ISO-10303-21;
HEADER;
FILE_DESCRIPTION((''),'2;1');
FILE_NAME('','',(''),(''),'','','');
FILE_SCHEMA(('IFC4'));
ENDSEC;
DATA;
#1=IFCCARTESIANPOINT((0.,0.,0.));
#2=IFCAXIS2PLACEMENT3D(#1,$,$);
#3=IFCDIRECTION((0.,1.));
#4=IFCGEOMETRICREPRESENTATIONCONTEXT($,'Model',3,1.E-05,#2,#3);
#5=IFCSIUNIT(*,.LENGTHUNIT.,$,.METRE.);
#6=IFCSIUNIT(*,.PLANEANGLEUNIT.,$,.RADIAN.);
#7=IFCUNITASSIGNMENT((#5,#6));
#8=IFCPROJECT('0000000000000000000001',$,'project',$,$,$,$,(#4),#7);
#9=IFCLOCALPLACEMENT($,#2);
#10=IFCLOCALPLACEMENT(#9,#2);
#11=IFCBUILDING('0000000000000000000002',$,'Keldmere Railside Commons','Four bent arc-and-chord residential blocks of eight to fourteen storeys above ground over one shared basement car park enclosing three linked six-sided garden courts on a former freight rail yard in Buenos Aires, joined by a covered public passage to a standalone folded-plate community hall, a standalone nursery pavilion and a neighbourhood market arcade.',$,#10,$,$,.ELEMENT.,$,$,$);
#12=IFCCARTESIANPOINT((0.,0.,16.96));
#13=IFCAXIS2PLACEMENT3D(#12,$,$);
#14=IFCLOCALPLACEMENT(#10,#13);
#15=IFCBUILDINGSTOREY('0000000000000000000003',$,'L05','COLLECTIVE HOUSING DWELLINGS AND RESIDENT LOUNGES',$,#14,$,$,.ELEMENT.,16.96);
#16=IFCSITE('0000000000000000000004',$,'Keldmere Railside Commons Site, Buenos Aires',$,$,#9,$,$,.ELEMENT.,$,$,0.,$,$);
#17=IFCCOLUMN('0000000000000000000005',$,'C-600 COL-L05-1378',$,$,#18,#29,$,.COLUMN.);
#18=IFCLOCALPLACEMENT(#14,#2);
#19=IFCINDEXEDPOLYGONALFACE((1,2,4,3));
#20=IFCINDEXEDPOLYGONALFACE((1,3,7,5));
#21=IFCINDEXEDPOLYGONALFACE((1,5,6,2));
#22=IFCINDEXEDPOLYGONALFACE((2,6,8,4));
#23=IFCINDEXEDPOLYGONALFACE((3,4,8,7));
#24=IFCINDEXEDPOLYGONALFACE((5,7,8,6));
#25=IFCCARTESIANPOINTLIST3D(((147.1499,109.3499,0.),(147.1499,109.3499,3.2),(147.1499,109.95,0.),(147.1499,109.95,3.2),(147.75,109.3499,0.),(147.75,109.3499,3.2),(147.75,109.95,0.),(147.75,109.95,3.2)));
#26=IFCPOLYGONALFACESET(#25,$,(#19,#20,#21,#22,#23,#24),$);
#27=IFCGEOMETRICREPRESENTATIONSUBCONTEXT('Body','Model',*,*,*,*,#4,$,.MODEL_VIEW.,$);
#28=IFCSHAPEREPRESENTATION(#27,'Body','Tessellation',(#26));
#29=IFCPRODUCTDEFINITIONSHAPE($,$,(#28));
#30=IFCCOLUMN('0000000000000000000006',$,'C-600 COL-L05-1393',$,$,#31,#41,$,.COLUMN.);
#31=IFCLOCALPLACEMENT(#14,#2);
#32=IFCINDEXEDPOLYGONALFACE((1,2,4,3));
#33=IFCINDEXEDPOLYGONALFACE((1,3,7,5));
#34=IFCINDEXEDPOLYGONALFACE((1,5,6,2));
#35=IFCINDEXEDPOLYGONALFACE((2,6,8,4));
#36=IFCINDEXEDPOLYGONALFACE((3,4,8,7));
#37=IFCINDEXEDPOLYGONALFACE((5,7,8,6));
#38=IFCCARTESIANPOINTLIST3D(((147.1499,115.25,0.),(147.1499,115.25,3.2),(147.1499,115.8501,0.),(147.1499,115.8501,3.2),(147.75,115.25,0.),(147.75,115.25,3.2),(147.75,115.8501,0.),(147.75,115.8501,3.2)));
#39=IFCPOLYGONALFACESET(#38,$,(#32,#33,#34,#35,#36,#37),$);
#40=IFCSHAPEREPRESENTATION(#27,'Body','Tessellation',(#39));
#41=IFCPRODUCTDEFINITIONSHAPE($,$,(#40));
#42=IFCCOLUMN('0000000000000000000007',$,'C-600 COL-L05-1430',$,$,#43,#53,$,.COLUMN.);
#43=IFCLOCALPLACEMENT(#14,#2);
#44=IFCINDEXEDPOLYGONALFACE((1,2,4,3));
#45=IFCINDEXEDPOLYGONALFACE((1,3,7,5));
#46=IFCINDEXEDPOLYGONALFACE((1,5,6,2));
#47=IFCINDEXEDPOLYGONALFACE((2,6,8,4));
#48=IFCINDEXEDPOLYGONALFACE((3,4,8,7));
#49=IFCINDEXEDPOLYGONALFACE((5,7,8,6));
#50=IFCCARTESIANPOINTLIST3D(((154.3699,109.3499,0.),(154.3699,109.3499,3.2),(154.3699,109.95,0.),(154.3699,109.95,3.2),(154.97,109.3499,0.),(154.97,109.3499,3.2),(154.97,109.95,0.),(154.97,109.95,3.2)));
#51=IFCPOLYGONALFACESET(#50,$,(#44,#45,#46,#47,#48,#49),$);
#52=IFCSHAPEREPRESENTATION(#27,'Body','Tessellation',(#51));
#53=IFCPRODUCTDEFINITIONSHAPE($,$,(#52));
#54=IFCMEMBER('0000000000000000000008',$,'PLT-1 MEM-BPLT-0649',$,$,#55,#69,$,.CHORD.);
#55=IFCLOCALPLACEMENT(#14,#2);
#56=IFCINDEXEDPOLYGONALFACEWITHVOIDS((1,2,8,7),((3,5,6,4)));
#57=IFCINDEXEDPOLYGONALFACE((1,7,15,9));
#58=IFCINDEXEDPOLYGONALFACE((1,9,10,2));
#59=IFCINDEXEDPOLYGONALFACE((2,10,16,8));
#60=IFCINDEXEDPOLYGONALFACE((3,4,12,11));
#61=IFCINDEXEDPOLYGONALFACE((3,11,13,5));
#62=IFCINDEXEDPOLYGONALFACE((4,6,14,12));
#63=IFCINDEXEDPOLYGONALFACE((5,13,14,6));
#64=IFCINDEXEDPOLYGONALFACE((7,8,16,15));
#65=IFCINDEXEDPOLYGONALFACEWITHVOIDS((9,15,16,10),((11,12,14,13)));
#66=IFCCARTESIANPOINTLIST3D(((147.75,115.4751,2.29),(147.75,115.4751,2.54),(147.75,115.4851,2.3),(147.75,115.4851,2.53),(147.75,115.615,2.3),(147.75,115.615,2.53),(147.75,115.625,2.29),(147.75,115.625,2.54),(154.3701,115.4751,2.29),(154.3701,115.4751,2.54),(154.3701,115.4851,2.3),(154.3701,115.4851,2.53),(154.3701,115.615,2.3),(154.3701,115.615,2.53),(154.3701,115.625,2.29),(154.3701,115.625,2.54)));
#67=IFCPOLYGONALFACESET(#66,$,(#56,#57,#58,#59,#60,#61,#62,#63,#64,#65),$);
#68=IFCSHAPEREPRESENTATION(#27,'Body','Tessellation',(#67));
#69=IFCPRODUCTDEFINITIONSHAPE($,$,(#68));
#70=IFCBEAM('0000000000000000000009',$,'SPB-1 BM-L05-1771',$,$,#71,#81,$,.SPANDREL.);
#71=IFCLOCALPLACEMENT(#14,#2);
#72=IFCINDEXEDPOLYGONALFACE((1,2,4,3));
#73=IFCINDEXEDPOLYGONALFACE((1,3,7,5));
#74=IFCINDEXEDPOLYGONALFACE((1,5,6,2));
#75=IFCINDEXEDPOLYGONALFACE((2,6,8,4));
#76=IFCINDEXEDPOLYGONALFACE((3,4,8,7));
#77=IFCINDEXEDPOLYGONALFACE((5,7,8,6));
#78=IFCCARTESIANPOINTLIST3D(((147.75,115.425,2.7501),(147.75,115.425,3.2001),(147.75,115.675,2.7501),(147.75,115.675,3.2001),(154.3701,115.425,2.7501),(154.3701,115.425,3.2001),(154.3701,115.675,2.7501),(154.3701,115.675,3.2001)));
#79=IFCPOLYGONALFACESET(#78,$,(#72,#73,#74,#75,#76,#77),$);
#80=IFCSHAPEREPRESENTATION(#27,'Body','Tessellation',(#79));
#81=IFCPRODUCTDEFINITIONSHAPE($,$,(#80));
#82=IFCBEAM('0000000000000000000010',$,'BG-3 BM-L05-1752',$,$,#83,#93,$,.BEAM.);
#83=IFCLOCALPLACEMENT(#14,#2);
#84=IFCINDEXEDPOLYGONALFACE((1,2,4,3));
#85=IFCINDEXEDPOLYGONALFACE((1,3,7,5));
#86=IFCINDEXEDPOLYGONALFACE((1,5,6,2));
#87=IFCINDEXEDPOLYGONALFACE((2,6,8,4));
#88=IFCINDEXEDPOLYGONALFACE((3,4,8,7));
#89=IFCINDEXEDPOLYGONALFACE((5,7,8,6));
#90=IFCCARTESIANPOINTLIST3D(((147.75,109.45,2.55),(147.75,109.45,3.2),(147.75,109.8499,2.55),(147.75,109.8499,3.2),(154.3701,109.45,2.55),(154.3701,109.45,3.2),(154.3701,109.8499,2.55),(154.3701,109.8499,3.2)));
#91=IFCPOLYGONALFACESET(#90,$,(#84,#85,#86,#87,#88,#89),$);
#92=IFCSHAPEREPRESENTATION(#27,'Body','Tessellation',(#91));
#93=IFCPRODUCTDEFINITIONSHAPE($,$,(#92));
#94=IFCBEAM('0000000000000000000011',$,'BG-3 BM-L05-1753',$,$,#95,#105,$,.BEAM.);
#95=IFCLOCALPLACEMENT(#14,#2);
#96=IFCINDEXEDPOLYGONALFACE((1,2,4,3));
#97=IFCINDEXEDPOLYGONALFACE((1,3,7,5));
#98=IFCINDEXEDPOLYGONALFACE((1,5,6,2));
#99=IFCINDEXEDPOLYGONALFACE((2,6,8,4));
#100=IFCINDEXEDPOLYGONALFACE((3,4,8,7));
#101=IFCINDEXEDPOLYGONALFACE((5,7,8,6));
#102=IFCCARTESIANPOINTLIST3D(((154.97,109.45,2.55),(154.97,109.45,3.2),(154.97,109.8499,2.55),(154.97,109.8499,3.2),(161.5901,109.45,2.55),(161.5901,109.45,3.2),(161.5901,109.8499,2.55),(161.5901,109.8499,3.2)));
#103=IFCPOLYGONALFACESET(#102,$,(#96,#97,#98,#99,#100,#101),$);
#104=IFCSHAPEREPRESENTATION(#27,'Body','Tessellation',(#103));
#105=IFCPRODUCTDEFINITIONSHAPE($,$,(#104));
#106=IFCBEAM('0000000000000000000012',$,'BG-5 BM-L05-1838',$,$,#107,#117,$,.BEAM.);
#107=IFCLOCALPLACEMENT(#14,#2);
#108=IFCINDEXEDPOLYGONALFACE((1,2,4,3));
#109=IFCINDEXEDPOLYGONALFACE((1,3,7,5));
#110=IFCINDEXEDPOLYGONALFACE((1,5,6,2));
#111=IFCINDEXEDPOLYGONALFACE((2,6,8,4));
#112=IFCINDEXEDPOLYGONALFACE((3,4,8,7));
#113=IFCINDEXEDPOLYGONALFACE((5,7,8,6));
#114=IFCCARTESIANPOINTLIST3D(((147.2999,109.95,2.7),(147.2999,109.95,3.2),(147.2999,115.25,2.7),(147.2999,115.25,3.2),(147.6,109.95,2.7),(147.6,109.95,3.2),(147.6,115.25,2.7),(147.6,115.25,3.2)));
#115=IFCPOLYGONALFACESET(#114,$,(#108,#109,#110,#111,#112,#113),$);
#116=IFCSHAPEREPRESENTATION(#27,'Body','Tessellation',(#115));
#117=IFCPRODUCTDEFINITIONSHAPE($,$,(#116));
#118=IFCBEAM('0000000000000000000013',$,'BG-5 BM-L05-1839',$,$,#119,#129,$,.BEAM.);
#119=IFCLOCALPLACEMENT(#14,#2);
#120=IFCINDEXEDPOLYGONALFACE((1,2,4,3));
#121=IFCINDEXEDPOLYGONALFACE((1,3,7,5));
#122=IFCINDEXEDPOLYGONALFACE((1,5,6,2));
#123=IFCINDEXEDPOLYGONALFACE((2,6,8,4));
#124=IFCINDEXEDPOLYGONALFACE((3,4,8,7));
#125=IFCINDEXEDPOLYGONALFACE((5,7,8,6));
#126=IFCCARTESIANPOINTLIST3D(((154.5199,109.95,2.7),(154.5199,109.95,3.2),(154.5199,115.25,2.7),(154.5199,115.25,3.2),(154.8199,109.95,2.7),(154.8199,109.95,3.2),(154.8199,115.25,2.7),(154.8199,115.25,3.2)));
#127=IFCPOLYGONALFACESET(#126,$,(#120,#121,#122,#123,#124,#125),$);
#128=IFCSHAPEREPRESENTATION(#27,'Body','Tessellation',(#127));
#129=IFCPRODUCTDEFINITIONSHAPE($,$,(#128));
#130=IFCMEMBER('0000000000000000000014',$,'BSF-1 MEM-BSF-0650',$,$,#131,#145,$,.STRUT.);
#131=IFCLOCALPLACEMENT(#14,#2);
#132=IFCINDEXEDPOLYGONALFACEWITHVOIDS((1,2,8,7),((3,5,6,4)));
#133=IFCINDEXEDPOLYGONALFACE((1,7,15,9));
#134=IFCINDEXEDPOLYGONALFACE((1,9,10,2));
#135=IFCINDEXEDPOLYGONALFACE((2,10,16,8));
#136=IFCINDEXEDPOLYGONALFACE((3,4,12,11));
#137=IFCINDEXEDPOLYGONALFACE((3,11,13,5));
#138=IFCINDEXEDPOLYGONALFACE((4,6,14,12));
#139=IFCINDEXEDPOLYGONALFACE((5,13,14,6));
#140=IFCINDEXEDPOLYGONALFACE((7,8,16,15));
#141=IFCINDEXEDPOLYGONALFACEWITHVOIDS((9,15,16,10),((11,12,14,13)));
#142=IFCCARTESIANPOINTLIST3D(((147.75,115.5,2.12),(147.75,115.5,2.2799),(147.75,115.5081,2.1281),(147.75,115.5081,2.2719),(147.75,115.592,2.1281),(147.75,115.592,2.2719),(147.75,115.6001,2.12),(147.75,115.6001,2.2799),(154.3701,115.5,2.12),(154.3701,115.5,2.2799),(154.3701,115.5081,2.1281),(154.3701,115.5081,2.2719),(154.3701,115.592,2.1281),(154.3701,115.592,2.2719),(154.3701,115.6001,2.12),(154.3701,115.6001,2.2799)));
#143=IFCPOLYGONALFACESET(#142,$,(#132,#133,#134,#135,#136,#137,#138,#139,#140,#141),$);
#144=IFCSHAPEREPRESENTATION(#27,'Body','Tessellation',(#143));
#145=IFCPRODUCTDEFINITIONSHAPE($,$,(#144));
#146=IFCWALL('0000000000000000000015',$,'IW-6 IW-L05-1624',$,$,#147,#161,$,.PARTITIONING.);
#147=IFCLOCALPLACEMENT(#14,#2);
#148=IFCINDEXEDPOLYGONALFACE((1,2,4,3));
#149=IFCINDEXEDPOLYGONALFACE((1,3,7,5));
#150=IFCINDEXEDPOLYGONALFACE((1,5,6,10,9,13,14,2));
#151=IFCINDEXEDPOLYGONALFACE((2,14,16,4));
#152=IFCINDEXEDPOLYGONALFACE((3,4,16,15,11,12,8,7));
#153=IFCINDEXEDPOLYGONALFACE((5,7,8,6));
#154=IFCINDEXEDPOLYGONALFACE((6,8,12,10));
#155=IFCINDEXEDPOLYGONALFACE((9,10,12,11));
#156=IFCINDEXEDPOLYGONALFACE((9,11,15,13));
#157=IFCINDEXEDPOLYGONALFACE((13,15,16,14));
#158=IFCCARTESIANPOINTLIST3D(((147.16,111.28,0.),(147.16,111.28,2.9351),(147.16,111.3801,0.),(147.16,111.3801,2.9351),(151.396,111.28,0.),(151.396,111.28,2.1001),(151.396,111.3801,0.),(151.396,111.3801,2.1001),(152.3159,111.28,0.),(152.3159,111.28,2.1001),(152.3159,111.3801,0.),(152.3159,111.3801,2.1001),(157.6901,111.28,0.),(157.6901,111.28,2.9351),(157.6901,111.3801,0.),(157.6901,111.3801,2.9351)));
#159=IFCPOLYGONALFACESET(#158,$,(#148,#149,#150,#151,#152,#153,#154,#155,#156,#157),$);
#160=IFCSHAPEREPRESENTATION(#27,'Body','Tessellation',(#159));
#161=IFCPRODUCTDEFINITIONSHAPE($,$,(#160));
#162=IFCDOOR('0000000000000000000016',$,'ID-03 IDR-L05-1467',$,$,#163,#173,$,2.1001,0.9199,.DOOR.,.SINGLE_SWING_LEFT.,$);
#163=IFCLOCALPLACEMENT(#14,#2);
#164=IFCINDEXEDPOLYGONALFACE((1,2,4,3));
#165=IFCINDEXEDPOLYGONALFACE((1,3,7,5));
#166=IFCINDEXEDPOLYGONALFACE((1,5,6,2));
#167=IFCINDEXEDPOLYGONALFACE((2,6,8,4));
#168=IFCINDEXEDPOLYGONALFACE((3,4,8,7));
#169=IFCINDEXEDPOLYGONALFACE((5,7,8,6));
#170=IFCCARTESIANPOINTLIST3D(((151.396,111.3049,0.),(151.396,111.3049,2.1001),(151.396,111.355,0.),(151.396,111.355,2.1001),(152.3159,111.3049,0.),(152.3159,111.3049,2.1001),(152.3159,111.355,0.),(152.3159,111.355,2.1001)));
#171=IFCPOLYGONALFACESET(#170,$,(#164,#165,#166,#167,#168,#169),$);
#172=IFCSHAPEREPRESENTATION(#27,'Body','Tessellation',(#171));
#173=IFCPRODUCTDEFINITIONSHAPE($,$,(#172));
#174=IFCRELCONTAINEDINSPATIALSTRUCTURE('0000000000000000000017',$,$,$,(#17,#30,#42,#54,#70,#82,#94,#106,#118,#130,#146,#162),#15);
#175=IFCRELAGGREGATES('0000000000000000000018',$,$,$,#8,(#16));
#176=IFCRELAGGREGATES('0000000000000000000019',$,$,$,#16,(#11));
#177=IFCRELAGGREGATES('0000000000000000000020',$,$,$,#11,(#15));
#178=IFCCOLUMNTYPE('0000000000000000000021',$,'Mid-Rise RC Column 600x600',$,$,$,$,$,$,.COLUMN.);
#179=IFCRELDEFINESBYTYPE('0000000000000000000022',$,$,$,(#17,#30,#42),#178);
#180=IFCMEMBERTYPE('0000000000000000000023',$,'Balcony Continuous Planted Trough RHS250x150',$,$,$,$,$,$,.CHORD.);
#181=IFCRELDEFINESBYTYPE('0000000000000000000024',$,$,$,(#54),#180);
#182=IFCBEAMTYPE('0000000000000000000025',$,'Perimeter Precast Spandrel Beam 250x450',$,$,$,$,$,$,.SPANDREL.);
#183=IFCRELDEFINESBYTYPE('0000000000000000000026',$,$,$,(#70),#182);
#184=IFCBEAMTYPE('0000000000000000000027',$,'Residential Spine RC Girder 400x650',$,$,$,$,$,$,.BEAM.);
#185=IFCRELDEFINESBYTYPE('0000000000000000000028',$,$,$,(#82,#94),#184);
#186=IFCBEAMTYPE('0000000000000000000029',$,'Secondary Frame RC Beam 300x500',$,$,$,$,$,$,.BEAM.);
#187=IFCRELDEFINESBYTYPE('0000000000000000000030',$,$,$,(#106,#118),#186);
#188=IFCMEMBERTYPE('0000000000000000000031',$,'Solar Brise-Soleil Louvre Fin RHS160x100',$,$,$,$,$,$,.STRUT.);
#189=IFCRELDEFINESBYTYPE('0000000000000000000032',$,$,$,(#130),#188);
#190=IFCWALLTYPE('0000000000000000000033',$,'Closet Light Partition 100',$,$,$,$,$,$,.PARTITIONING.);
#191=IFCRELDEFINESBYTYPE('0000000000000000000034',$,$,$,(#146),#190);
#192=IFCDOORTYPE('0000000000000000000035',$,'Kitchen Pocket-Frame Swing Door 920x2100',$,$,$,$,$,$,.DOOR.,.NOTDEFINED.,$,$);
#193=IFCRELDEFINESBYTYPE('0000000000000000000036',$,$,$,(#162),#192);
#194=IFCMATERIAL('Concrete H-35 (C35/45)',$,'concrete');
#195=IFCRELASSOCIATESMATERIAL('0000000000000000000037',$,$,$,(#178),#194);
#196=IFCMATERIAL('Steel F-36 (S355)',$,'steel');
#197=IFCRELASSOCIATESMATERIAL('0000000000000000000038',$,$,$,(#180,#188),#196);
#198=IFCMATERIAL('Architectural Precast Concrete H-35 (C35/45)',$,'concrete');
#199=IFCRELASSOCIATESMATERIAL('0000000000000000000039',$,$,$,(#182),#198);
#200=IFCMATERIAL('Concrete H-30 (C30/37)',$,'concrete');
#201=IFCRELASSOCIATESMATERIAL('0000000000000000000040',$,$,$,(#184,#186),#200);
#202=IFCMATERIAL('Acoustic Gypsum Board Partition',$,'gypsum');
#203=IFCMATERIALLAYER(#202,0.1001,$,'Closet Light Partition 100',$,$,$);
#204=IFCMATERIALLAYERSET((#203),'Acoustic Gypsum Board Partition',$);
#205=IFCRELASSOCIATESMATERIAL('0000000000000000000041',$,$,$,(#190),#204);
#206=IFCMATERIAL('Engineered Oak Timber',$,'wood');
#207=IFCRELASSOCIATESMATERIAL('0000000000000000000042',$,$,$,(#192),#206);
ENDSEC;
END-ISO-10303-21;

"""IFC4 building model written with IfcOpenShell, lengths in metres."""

from ifc_helpers import new_model, si_unit, direction, frame, frame_2d, origin, origin_2d, place, context, subcontext, project, spatial, rectangle, hollow_rectangle, extrude, material, layer, layer_set, material_profile, profile_set, type_object, element, fill, save


model = new_model("IFC4")

# Units and contexts
model_context = context("Model", 3, precision=1e-05, world=origin(), true_north=direction((0.0, 1.0)))
body_context = subcontext(model_context, "Body", "Model", "MODEL_VIEW")
ifc_project = project(units=[si_unit("LENGTHUNIT", "METRE"), si_unit("PLANEANGLEUNIT", "RADIAN")], contexts=[model_context])

# Site, building, storey
site_placement = place(None, origin())
site = spatial("IfcSite", under=ifc_project, at=site_placement, Name="Keldmere Railside Commons Site, Buenos Aires", CompositionType="ELEMENT", RefElevation=0.0)
building_placement = place(site_placement, origin())
building = spatial("IfcBuilding", under=site, at=building_placement, Name="Keldmere Railside Commons", Description="Four bent arc-and-chord residential blocks of eight to fourteen storeys above ground over one shared basement car park enclosing three linked six-sided garden courts on a former freight rail yard in Buenos Aires, joined by a covered public passage to a standalone folded-plate community hall, a standalone nursery pavilion and a neighbourhood market arcade.", CompositionType="ELEMENT")
storey_placement = place(building_placement, frame((0.0, 0.0, 16.96)))
storey = spatial("IfcBuildingStorey", under=building, at=storey_placement, Name="L05", Description="COLLECTIVE HOUSING DWELLINGS AND RESIDENT LOUNGES", CompositionType="ELEMENT", Elevation=16.96)

# Columns
ifc_material_1 = material(Name="Concrete H-35 (C35/45)", Category="concrete")
ifc_material_profile_1 = material_profile(ifc_material_1, rectangle(XDim=0.6001, YDim=0.6001, at=origin_2d()), Name="RC-600x600")
ifc_profile_set_1 = profile_set([ifc_material_profile_1], Name="Concrete H-35 (C35/45)")
column_type = type_object("IfcColumnType", Name="Mid-Rise RC Column 600x600", PredefinedType="COLUMN", material=ifc_profile_set_1)
for number, where, z_axis, x_axis, name in (
    (1, (147.45, 109.6499, 0.0), (0.0, 0.0, 1.0), (1.0, 0.0, 0.0), "C-600 COL-L05-1378"),
    (2, (147.45, 115.55, 0.0), (0.0, 0.0, 1.0), (1.0, 0.0, 0.0), "C-600 COL-L05-1393"),
    (3, (154.6699, 109.6499, 0.0), (0.0, 0.0, 1.0), (1.0, 0.0, 0.0), "C-600 COL-L05-1430"),
):
    element("IfcColumn", number, at=place(storey_placement, frame(where, z_axis=z_axis, x_axis=x_axis)), inside=storey, type_object=column_type, Name=name, PredefinedType="COLUMN", context=body_context, shape_type="SweptSolid", body=[
        extrude(rectangle(XDim=0.6001, YDim=0.6001, at=origin_2d()), origin(), (0.0, 0.0, 1.0), 3.2),
    ])

# Member
ifc_material_2 = material(Name="Steel F-36 (S355)", Category="steel")
ifc_material_profile_2 = material_profile(ifc_material_2, hollow_rectangle(XDim=0.1499, YDim=0.25, WallThickness=0.01, at=origin_2d()), Name="RHS-250x150x10")
ifc_profile_set_2 = profile_set([ifc_material_profile_2], Name="Steel F-36 (S355)")
member_type_1 = type_object("IfcMemberType", Name="Balcony Continuous Planted Trough RHS250x150", PredefinedType="CHORD", material=ifc_profile_set_2)
member_1_placement = place(storey_placement, frame((147.75, 115.55, 2.415), z_axis=(1.0, 0.0, 0.0), x_axis=(0.0, 1.0, 0.0)))
element("IfcMember", 4, at=member_1_placement, inside=storey, type_object=member_type_1, Name="PLT-1 MEM-BPLT-0649", PredefinedType="CHORD", context=body_context, shape_type="SweptSolid", body=[
    extrude(hollow_rectangle(XDim=0.1499, YDim=0.25, WallThickness=0.01, at=origin_2d()), origin(), (0.0, 0.0, 1.0), 6.6201),
])

# Beams
ifc_material_3 = material(Name="Architectural Precast Concrete H-35 (C35/45)", Category="concrete")
ifc_material_profile_3 = material_profile(ifc_material_3, rectangle(XDim=0.25, YDim=0.45, at=origin_2d()), Name="RC-250x450")
ifc_profile_set_3 = profile_set([ifc_material_profile_3], Name="Architectural Precast Concrete H-35 (C35/45)")
beam_type_1 = type_object("IfcBeamType", Name="Perimeter Precast Spandrel Beam 250x450", PredefinedType="SPANDREL", material=ifc_profile_set_3)
beam_placement = place(storey_placement, frame((147.75, 115.55, 2.9751), z_axis=(1.0, 0.0, 0.0), x_axis=(0.0, 1.0, 0.0)))
element("IfcBeam", 5, at=beam_placement, inside=storey, type_object=beam_type_1, Name="SPB-1 BM-L05-1771", PredefinedType="SPANDREL", context=body_context, shape_type="SweptSolid", body=[
    extrude(rectangle(XDim=0.25, YDim=0.45, at=origin_2d()), origin(), (0.0, 0.0, 1.0), 6.6201),
])
ifc_material_4 = material(Name="Concrete H-30 (C30/37)", Category="concrete")
ifc_material_profile_4 = material_profile(ifc_material_4, rectangle(XDim=0.3999, YDim=0.6499, at=origin_2d()), Name="RC-400x650")
ifc_profile_set_4 = profile_set([ifc_material_profile_4], Name="Concrete H-30 (C30/37)")
beam_type_2 = type_object("IfcBeamType", Name="Residential Spine RC Girder 400x650", PredefinedType="BEAM", material=ifc_profile_set_4)
for number, where, z_axis, x_axis, name in (
    (6, (147.75, 109.6499, 2.875), (1.0, 0.0, 0.0), (0.0, 1.0, 0.0), "BG-3 BM-L05-1752"),
    (7, (154.97, 109.6499, 2.875), (1.0, 0.0, 0.0), (0.0, 1.0, 0.0), "BG-3 BM-L05-1753"),
):
    element("IfcBeam", number, at=place(storey_placement, frame(where, z_axis=z_axis, x_axis=x_axis)), inside=storey, type_object=beam_type_2, Name=name, PredefinedType="BEAM", context=body_context, shape_type="SweptSolid", body=[
        extrude(rectangle(XDim=0.3999, YDim=0.6499, at=origin_2d()), origin(), (0.0, 0.0, 1.0), 6.6201),
    ])
ifc_material_profile_5 = material_profile(ifc_material_4, rectangle(XDim=0.3, YDim=0.5, at=origin_2d()), Name="RC-300x500")
ifc_profile_set_5 = profile_set([ifc_material_profile_5], Name="Concrete H-30 (C30/37)")
beam_type_3 = type_object("IfcBeamType", Name="Secondary Frame RC Beam 300x500", PredefinedType="BEAM", material=ifc_profile_set_5)
for number, where, z_axis, x_axis, name in (
    (8, (147.45, 109.95, 2.95), (0.0, 1.0, 0.0), (-1.0, 0.0, 0.0), "BG-5 BM-L05-1838"),
    (9, (154.6699, 109.95, 2.95), (0.0, 1.0, 0.0), (-1.0, 0.0, 0.0), "BG-5 BM-L05-1839"),
):
    element("IfcBeam", number, at=place(storey_placement, frame(where, z_axis=z_axis, x_axis=x_axis)), inside=storey, type_object=beam_type_3, Name=name, PredefinedType="BEAM", context=body_context, shape_type="SweptSolid", body=[
        extrude(rectangle(XDim=0.3, YDim=0.5, at=origin_2d()), origin(), (0.0, 0.0, 1.0), 5.3),
    ])

# Member
ifc_material_profile_6 = material_profile(ifc_material_2, hollow_rectangle(XDim=0.1001, YDim=0.1599, WallThickness=0.0081, at=origin_2d()), Name="RHS-160x100x8")
ifc_profile_set_6 = profile_set([ifc_material_profile_6], Name="Steel F-36 (S355)")
member_type_2 = type_object("IfcMemberType", Name="Solar Brise-Soleil Louvre Fin RHS160x100", PredefinedType="STRUT", material=ifc_profile_set_6)
member_2_placement = place(storey_placement, frame((147.75, 115.55, 2.2), z_axis=(1.0, 0.0, 0.0), x_axis=(0.0, 1.0, 0.0)))
element("IfcMember", 10, at=member_2_placement, inside=storey, type_object=member_type_2, Name="BSF-1 MEM-BSF-0650", PredefinedType="STRUT", context=body_context, shape_type="SweptSolid", body=[
    extrude(hollow_rectangle(XDim=0.1001, YDim=0.1599, WallThickness=0.0081, at=origin_2d()), origin(), (0.0, 0.0, 1.0), 6.6201),
])

# Wall, opening, door
ifc_material_5 = material(Name="Acoustic Gypsum Board Partition", Category="gypsum")
ifc_layer_1 = layer(ifc_material_5, 0.1001, Name="Closet Light Partition 100")
ifc_layer_set_1 = layer_set([ifc_layer_1], Name="Acoustic Gypsum Board Partition")
wall_type_1 = type_object("IfcWallType", Name="Closet Light Partition 100", PredefinedType="PARTITIONING", material=ifc_layer_set_1)
wall_1_placement = place(storey_placement, frame((147.1599, 111.3301, 0.0), z_axis=(0.0, 0.0, 1.0), x_axis=(1.0, 0.0, 0.0)))
wall_1 = element("IfcWall", 11, at=wall_1_placement, inside=storey, type_object=wall_type_1, Name="IW-6 IW-L05-1624", PredefinedType="PARTITIONING", context=body_context, shape_type="SweptSolid", body=[
    extrude(rectangle(XDim=10.53, YDim=0.1001, at=frame_2d((5.2651, 0.0))), origin(), (0.0, 0.0, 1.0), 2.9351),
])
opening_1_placement = place(wall_1_placement, frame((4.2361, 0.0, 0.0)))
opening_1 = element("IfcOpeningElement", 12, at=opening_1_placement, cuts=wall_1, PredefinedType="OPENING", context=body_context, shape_type="SweptSolid", body=[
    extrude(rectangle(XDim=0.9199, YDim=2.1001, at=frame_2d((0.46, 1.05))), frame((0.0, 0.0601, 0.0), z_axis=(0.0, -1.0, 0.0), x_axis=(1.0, 0.0, 0.0)), (0.0, 0.0, 1.0), 0.1201),
])
ifc_material_6 = material(Name="Engineered Oak Timber", Category="wood")
door_type_1 = type_object("IfcDoorType", Name="Kitchen Pocket-Frame Swing Door 920x2100", OperationType="NOTDEFINED", PredefinedType="DOOR", material=ifc_material_6)
door_1_placement = place(opening_1_placement, origin())
door_1 = element("IfcDoor", 13, at=door_1_placement, inside=storey, type_object=door_type_1, Name="ID-03 IDR-L05-1467", OperationType="SINGLE_SWING_LEFT", OverallHeight=2.1001, OverallWidth=0.9199, PredefinedType="DOOR", context=body_context, shape_type="SweptSolid", body=[
    extrude(rectangle(XDim=0.9199, YDim=2.1001, at=frame_2d((0.46, 1.05))), frame((0.0, 0.0249, 0.0), z_axis=(0.0, -1.0, 0.0), x_axis=(1.0, 0.0, 0.0)), (0.0, 0.0, 1.0), 0.05),
])
fill(opening_1, door_1)

save(model, "model.ifc")
